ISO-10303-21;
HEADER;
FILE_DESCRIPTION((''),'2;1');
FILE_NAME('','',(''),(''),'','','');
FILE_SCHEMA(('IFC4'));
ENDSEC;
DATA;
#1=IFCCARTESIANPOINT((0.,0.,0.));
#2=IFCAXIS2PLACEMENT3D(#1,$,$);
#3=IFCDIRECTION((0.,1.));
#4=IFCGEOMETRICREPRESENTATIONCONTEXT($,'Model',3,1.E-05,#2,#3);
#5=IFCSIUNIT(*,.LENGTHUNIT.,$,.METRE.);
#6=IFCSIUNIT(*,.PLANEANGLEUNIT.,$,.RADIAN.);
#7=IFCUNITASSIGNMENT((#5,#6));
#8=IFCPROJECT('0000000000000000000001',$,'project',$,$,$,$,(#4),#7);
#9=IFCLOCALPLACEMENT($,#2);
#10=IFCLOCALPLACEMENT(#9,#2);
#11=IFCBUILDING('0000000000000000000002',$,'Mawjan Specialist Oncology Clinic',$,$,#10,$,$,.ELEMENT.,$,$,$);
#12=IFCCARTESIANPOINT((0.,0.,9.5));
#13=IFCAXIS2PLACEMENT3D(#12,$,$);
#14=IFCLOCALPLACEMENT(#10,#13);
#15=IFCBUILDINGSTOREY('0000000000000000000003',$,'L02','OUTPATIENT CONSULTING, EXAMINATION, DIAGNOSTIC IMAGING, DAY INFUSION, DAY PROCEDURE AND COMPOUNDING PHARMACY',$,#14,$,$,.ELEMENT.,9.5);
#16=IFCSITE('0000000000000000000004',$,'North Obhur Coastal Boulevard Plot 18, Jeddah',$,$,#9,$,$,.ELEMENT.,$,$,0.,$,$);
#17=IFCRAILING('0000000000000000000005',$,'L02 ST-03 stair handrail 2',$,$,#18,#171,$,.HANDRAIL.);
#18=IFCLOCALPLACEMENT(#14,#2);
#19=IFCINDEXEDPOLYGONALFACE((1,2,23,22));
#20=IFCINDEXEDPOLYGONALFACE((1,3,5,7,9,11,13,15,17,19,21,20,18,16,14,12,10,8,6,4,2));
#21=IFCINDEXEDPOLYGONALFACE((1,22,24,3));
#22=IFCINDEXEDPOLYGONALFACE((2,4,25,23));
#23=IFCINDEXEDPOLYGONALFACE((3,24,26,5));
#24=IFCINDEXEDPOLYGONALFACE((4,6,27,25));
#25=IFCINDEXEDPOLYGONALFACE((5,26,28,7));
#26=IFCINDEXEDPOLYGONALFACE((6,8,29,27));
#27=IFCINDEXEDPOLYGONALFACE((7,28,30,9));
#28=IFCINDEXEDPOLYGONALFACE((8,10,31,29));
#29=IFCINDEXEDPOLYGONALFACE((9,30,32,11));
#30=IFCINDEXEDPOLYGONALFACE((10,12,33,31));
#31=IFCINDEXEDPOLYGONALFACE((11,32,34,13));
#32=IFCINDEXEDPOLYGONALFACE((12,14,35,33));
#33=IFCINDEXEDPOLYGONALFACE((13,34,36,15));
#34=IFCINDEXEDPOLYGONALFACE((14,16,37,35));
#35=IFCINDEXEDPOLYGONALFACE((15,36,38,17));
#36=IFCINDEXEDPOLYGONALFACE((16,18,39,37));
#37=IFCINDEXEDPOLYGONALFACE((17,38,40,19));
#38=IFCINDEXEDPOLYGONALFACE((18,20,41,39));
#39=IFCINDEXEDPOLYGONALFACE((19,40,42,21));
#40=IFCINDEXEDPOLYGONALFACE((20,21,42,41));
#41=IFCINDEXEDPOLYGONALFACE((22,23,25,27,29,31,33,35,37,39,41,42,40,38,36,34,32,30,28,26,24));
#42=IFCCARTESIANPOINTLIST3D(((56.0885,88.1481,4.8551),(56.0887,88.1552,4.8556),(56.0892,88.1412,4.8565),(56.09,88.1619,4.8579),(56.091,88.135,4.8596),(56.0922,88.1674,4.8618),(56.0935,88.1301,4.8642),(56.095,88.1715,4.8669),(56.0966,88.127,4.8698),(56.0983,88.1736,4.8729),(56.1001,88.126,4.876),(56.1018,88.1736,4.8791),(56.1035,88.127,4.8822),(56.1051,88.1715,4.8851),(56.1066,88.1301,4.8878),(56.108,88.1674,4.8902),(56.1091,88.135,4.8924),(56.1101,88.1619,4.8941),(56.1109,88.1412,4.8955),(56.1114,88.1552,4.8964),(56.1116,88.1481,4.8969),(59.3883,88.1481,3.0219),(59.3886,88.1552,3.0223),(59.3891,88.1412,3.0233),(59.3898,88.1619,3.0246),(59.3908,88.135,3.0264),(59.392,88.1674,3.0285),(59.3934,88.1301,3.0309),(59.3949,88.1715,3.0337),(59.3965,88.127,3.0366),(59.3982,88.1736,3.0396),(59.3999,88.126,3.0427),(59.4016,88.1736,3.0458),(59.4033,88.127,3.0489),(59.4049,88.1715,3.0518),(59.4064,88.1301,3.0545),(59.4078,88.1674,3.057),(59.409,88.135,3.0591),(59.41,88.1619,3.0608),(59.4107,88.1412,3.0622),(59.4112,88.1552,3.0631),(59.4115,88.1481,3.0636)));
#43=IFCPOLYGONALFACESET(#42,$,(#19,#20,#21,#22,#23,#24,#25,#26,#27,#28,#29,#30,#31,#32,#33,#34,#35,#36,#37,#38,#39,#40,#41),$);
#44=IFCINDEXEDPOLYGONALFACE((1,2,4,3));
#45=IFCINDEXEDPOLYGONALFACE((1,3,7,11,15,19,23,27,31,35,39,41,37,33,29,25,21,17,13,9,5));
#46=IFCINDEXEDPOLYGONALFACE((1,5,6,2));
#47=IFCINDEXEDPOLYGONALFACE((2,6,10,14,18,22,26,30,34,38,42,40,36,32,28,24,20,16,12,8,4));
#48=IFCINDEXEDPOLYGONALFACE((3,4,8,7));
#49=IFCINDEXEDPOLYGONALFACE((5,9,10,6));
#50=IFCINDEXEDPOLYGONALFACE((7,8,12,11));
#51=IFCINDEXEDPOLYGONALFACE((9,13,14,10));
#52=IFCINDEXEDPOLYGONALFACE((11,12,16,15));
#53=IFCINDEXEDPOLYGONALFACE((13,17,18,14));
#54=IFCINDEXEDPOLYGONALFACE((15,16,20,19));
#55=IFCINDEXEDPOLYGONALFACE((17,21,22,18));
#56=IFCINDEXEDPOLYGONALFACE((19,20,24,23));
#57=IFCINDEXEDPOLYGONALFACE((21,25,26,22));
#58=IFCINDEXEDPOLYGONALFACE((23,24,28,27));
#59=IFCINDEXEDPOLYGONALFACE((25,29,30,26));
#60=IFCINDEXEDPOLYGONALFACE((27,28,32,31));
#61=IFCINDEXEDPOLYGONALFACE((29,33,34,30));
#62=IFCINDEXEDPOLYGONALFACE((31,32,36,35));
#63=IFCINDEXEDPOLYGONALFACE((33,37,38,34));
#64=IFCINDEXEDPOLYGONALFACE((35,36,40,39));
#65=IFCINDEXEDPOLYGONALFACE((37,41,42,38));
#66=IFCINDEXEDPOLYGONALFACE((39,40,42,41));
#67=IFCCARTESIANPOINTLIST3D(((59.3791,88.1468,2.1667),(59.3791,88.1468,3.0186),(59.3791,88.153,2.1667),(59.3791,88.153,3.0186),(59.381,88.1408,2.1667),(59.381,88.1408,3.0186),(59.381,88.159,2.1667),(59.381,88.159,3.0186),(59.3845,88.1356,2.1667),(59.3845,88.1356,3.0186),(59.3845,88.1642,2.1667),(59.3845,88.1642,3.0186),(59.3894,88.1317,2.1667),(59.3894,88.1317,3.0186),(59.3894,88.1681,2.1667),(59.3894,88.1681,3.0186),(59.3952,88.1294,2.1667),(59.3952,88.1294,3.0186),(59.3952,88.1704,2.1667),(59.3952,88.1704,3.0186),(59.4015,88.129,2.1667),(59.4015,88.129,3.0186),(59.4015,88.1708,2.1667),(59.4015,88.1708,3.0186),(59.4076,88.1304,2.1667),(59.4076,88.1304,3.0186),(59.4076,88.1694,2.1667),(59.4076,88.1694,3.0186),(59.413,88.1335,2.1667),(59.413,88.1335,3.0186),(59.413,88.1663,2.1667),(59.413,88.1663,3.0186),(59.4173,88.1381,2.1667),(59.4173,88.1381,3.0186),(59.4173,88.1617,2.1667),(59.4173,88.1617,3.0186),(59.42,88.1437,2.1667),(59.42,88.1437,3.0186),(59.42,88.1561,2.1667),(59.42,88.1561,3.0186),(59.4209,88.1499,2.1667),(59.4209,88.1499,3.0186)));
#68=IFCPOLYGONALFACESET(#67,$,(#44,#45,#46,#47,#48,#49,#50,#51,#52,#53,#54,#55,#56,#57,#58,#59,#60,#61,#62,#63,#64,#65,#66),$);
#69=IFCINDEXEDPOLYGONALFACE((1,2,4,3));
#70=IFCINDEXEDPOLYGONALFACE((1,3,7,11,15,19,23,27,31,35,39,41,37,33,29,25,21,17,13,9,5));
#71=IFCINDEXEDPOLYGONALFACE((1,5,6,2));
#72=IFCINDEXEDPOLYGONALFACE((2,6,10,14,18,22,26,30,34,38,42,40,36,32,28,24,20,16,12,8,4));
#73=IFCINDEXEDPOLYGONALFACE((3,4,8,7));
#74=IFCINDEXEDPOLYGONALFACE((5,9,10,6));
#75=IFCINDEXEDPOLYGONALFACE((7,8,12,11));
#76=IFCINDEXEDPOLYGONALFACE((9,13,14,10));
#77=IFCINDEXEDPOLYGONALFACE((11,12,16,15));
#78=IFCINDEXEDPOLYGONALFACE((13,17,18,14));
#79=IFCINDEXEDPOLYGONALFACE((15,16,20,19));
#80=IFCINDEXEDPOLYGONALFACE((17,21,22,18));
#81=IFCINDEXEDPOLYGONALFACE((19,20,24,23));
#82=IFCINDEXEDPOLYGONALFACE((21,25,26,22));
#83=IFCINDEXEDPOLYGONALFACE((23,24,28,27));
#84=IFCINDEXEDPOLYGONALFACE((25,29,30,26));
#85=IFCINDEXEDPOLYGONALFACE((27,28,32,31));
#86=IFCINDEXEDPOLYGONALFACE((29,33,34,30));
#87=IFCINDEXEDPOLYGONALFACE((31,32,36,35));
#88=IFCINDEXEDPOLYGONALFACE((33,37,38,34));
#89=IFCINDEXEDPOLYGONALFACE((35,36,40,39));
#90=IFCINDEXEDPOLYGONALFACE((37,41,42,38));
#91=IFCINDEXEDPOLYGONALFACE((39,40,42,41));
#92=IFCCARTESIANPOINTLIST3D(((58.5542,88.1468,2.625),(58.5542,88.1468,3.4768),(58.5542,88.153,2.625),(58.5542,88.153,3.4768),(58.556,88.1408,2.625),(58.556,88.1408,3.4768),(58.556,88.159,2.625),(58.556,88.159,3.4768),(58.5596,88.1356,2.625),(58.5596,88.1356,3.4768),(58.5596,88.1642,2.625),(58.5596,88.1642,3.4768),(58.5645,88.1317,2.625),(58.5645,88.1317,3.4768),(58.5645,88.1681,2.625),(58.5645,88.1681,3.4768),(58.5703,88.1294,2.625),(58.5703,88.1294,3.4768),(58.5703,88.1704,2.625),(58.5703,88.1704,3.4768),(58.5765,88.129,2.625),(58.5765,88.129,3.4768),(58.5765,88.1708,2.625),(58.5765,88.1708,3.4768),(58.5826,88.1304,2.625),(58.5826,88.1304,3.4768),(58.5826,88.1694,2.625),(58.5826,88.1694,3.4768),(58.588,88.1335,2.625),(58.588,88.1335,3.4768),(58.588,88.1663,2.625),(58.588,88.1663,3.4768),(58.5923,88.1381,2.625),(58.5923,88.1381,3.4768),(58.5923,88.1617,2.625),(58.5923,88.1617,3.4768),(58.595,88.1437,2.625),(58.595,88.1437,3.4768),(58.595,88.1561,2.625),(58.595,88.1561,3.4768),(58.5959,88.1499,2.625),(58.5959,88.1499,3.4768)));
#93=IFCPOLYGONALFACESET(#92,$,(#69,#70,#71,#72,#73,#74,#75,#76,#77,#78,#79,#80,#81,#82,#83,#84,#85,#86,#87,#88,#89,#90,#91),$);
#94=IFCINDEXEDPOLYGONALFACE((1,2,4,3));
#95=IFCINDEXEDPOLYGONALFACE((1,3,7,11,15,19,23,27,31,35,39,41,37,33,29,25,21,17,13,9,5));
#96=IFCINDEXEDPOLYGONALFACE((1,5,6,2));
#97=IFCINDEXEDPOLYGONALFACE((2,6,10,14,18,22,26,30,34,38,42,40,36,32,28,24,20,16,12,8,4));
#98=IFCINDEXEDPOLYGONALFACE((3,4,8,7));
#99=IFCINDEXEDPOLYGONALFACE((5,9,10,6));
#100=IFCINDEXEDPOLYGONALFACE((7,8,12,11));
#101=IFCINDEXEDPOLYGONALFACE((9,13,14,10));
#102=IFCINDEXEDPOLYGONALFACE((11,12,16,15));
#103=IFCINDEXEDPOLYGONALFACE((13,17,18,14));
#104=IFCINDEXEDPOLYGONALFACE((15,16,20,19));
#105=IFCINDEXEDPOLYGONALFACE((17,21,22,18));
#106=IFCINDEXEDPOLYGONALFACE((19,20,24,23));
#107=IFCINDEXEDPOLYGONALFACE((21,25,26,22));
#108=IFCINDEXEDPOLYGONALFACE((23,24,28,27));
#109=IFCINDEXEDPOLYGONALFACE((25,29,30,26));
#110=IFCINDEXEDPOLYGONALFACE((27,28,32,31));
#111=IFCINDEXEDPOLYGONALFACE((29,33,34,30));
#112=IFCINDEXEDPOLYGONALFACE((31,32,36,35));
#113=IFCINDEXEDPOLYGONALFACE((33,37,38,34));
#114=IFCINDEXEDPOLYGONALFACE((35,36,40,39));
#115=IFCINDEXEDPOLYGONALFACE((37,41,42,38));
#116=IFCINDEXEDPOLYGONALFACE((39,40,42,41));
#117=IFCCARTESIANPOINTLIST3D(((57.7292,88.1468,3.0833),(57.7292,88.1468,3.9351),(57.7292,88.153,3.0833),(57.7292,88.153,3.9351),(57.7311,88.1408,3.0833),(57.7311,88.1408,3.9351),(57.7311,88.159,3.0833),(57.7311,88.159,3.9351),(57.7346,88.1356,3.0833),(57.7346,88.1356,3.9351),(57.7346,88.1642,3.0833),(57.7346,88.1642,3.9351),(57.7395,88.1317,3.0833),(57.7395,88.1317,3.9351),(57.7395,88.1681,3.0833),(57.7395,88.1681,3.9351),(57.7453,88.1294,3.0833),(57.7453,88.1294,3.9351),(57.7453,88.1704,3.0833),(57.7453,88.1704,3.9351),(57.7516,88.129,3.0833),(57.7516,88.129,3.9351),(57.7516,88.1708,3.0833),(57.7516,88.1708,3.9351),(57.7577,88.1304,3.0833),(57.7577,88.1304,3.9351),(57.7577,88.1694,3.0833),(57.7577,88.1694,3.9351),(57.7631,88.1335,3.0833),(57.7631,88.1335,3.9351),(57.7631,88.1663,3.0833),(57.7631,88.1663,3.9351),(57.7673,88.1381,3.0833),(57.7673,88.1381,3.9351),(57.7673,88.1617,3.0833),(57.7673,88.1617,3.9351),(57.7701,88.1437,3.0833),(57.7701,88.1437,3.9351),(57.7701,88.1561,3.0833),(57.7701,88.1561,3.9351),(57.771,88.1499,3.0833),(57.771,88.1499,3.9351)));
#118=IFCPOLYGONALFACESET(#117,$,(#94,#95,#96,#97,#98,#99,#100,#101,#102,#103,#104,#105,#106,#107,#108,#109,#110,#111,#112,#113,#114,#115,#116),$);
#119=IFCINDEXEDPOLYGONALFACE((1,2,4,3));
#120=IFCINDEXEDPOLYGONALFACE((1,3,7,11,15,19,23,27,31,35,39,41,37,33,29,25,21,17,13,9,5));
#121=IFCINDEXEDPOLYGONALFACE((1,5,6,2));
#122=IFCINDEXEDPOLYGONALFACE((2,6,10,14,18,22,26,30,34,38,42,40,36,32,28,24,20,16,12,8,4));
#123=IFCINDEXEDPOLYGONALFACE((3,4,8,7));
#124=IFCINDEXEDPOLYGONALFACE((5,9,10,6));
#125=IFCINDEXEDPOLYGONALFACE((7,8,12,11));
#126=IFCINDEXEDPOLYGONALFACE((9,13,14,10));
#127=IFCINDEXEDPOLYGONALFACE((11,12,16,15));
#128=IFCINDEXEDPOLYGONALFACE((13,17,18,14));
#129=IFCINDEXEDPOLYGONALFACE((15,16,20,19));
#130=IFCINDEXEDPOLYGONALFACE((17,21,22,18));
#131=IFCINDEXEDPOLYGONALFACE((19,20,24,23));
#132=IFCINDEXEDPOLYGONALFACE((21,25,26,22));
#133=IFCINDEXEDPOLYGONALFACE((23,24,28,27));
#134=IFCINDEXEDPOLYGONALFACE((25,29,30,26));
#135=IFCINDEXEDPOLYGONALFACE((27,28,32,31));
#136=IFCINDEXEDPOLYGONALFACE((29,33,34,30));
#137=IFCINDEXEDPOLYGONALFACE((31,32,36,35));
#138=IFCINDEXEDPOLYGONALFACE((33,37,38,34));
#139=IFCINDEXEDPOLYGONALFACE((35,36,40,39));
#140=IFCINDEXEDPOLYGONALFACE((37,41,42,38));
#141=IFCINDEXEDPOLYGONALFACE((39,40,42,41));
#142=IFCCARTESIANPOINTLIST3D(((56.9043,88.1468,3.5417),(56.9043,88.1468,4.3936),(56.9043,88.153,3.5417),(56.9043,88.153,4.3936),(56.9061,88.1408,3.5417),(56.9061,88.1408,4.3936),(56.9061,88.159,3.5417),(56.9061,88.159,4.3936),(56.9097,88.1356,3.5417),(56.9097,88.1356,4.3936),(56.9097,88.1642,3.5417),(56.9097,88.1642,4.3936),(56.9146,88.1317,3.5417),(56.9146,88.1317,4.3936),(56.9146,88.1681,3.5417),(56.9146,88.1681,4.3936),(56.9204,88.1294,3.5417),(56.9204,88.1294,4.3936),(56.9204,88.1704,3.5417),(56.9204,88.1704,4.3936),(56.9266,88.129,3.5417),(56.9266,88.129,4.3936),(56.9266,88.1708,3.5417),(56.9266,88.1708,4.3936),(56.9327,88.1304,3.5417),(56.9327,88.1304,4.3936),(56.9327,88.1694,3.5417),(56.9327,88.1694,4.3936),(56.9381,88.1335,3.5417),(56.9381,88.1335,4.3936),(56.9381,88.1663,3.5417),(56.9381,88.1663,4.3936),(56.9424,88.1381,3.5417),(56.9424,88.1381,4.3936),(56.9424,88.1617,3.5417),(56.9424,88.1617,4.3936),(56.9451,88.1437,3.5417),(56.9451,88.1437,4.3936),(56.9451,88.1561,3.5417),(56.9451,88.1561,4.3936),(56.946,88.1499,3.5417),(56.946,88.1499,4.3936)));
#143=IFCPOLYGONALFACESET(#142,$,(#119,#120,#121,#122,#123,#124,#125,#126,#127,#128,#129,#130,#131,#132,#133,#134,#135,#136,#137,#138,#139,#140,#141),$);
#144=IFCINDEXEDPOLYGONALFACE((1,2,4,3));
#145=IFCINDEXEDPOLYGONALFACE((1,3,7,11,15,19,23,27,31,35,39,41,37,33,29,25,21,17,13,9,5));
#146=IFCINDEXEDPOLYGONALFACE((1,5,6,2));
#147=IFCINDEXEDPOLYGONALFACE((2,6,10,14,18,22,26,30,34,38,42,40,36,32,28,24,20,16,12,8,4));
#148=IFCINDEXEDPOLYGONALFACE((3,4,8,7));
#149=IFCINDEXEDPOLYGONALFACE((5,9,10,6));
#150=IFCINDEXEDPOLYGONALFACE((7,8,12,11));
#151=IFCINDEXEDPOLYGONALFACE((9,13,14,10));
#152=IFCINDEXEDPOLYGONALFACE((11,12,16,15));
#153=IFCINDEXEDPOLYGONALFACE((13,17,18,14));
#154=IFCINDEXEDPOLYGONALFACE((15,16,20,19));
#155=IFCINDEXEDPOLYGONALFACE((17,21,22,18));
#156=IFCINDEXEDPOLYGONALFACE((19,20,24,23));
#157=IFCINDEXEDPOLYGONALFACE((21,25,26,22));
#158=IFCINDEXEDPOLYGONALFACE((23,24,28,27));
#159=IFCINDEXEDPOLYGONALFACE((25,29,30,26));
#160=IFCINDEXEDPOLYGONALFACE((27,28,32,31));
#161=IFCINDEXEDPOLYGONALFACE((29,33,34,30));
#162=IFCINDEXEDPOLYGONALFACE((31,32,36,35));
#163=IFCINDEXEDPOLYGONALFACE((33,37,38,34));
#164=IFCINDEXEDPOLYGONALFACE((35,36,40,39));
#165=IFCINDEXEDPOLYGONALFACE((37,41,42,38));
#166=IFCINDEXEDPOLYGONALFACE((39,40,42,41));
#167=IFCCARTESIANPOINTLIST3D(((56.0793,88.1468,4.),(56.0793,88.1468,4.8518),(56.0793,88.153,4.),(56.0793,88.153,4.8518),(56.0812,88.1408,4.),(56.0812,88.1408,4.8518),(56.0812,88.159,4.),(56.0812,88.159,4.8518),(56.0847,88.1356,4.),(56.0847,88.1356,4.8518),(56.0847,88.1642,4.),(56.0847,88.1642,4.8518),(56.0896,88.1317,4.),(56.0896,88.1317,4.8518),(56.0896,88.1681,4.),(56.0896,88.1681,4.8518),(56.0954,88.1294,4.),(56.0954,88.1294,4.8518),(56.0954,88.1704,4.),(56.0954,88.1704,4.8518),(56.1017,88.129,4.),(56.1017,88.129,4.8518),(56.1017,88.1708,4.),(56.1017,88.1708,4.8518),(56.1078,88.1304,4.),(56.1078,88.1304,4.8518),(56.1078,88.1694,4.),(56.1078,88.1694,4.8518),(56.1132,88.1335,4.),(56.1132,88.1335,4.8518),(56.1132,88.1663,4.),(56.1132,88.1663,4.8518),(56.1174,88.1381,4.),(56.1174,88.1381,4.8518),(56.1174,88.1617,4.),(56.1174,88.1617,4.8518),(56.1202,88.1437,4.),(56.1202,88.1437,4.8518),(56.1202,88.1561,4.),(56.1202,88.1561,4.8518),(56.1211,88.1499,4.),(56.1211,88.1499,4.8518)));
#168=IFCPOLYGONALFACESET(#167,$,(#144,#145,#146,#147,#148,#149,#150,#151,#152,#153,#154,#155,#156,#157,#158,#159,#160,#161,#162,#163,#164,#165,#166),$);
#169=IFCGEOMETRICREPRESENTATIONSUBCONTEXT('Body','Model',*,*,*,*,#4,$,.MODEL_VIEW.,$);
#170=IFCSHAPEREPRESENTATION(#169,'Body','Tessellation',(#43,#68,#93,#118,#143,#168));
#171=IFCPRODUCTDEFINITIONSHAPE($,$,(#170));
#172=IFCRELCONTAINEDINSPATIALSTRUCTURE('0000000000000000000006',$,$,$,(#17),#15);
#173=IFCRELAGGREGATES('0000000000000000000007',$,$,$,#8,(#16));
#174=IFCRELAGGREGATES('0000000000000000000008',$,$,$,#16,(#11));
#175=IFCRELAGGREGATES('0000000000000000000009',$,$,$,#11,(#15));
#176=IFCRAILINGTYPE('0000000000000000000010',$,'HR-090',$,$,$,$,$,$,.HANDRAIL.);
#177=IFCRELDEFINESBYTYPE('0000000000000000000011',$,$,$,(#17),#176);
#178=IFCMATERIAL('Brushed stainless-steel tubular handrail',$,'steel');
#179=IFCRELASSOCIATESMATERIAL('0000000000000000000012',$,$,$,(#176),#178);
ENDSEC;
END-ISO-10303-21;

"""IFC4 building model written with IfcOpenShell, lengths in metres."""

from ifc_helpers import new_model, si_unit, direction, frame, origin, origin_2d, place, context, subcontext, project, spatial, circle, extrude, material, type_object, element, save


model = new_model("IFC4")

# Units and contexts
model_context = context("Model", 3, precision=1e-05, world=origin(), true_north=direction((0.0, 1.0)))
body_context = subcontext(model_context, "Body", "Model", "MODEL_VIEW")
ifc_project = project(units=[si_unit("LENGTHUNIT", "METRE"), si_unit("PLANEANGLEUNIT", "RADIAN")], contexts=[model_context])

# Site, building, storey
site_placement = place(None, origin())
site = spatial("IfcSite", under=ifc_project, at=site_placement, Name="North Obhur Coastal Boulevard Plot 18, Jeddah", CompositionType="ELEMENT", RefElevation=0.0)
building_placement = place(site_placement, origin())
building = spatial("IfcBuilding", under=site, at=building_placement, Name="Mawjan Specialist Oncology Clinic", CompositionType="ELEMENT")
storey_placement = place(building_placement, frame((0.0, 0.0, 9.5)))
storey = spatial("IfcBuildingStorey", under=building, at=storey_placement, Name="L02", Description="OUTPATIENT CONSULTING, EXAMINATION, DIAGNOSTIC IMAGING, DAY INFUSION, DAY PROCEDURE AND COMPOUNDING PHARMACY", CompositionType="ELEMENT", Elevation=9.5)

# Railing
ifc_material_1 = material(Name="Brushed stainless-steel tubular handrail", Category="steel")
railing_type_1 = type_object("IfcRailingType", Name="HR-090", PredefinedType="HANDRAIL", material=ifc_material_1)
railing_1_placement = place(storey_placement, frame((59.3999, 88.1499, 2.1667)))
element("IfcRailing", 1, at=railing_1_placement, inside=storey, type_object=railing_type_1, Name="L02 ST-03 stair handrail 2", PredefinedType="HANDRAIL", context=body_context, shape_type="SweptSolid", body=[
    extrude(circle(Radius=0.0239, at=origin_2d()), frame((0.0, 0.0, 0.876), z_axis=(-0.874154, 0.0, 0.485648), x_axis=(0.0, -1.0, 0.0)), (0.0, 0.0, 1.0), 3.7749),
    extrude(circle(Radius=0.021, at=origin_2d()), origin(), (0.0, 0.0, 1.0), 0.8518),
    extrude(circle(Radius=0.021, at=origin_2d()), frame((-0.825, 0.0, 0.4583)), (0.0, 0.0, 1.0), 0.8518),
    extrude(circle(Radius=0.021, at=origin_2d()), frame((-1.6499, 0.0, 0.9165)), (0.0, 0.0, 1.0), 0.8518),
    extrude(circle(Radius=0.021, at=origin_2d()), frame((-2.4749, 0.0, 1.375)), (0.0, 0.0, 1.0), 0.8518),
    extrude(circle(Radius=0.021, at=origin_2d()), frame((-3.2998, 0.0, 1.8333)), (0.0, 0.0, 1.0), 0.8518),
])

save(model, "model.ifc")
